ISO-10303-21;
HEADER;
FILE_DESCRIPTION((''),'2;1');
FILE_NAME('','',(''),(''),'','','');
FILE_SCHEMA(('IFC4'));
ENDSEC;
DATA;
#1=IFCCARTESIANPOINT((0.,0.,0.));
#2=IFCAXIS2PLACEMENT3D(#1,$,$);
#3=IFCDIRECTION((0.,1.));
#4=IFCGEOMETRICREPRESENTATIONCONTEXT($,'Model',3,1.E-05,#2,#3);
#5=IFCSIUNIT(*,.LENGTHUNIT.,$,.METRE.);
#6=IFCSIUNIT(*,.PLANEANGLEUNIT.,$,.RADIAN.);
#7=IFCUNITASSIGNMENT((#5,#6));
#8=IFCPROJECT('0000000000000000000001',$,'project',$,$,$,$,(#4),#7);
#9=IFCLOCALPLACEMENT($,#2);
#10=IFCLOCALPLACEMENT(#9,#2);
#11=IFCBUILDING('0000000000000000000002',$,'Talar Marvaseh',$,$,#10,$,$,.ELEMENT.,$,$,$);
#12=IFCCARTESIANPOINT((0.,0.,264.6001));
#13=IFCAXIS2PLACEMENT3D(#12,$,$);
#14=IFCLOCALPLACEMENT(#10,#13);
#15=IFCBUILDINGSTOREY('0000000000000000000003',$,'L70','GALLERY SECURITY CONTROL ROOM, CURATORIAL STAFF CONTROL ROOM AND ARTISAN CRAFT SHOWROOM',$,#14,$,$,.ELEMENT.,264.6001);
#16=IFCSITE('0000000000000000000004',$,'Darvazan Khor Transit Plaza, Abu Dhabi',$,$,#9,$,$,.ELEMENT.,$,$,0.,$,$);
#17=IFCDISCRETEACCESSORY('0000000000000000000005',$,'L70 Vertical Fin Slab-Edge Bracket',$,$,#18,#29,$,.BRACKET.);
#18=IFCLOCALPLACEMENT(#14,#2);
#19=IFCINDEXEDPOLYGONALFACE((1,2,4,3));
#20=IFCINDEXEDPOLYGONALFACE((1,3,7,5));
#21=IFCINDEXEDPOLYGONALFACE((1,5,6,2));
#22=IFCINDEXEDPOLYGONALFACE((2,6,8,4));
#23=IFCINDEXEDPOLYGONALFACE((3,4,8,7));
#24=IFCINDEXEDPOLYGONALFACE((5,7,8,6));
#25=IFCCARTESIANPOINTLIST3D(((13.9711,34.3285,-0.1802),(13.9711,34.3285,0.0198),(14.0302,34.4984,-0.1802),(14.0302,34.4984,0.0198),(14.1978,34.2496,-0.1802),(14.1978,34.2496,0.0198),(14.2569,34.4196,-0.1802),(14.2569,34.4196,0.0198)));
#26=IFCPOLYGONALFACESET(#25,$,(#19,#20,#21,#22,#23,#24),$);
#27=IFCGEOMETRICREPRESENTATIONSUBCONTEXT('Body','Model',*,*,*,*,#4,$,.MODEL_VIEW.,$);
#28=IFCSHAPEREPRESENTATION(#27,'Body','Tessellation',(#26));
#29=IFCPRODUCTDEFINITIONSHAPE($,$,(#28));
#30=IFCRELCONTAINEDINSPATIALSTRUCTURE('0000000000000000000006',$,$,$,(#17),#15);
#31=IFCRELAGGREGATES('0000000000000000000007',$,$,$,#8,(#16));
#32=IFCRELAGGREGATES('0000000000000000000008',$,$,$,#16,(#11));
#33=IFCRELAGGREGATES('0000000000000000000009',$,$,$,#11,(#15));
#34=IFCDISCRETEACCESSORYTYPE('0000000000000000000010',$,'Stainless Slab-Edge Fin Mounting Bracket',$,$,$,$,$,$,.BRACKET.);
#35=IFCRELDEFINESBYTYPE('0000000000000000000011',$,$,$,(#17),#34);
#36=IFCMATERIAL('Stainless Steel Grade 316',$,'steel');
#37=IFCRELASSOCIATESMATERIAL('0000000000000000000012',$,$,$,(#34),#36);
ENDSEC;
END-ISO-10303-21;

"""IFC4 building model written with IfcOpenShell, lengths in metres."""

from ifc_helpers import new_model, si_unit, direction, frame, origin, origin_2d, place, context, subcontext, project, spatial, rectangle, extrude, source, transform, mapped, material, type_object, type_shapes, element, save


model = new_model("IFC4")

# Units and contexts
model_context = context("Model", 3, precision=1e-05, world=origin(), true_north=direction((0.0, 1.0)))
body_context = subcontext(model_context, "Body", "Model", "MODEL_VIEW")
ifc_project = project(units=[si_unit("LENGTHUNIT", "METRE"), si_unit("PLANEANGLEUNIT", "RADIAN")], contexts=[model_context])

# Site, building, storey
site_placement = place(None, origin())
site = spatial("IfcSite", under=ifc_project, at=site_placement, Name="Darvazan Khor Transit Plaza, Abu Dhabi", CompositionType="ELEMENT", RefElevation=0.0)
building_placement = place(site_placement, origin())
building = spatial("IfcBuilding", under=site, at=building_placement, Name="Talar Marvaseh", CompositionType="ELEMENT")
storey_placement = place(building_placement, frame((0.0, 0.0, 264.6001)))
storey = spatial("IfcBuildingStorey", under=building, at=storey_placement, Name="L70", Description="GALLERY SECURITY CONTROL ROOM, CURATORIAL STAFF CONTROL ROOM AND ARTISAN CRAFT SHOWROOM", CompositionType="ELEMENT", Elevation=264.6001)

# Discrete accessory
ifc_material_1 = material(Name="Stainless Steel Grade 316", Category="steel")
discrete_accessory_type = type_object("IfcDiscreteAccessoryType", Name="Stainless Slab-Edge Fin Mounting Bracket", PredefinedType="BRACKET", material=ifc_material_1)
shared_shape_1 = source(origin(), body_context, "Body", "SweptSolid", [
    extrude(rectangle(XDim=0.24, YDim=0.1799, at=origin_2d()), origin(), (0.0, 0.0, 1.0), 0.2),
])
type_shapes(discrete_accessory_type, [shared_shape_1])
discrete_accessory_placement = place(storey_placement, frame((14.114, 34.374, -0.1802), z_axis=(0.0, 0.0, 1.0), x_axis=(-0.944491, 0.328537, 0.0)))
element("IfcDiscreteAccessory", 1, at=discrete_accessory_placement, inside=storey, type_object=discrete_accessory_type, Name="L70 Vertical Fin Slab-Edge Bracket", PredefinedType="BRACKET", context=body_context, shape_type="MappedRepresentation", body=[
    mapped(shared_shape_1, transform((0.0, 0.0, 0.0), x_axis=(1.0, 0.0, 0.0), y_axis=(0.0, 1.0, 0.0), z_axis=(0.0, 0.0, 1.0), scale=1.0)),
])

save(model, "model.ifc")
